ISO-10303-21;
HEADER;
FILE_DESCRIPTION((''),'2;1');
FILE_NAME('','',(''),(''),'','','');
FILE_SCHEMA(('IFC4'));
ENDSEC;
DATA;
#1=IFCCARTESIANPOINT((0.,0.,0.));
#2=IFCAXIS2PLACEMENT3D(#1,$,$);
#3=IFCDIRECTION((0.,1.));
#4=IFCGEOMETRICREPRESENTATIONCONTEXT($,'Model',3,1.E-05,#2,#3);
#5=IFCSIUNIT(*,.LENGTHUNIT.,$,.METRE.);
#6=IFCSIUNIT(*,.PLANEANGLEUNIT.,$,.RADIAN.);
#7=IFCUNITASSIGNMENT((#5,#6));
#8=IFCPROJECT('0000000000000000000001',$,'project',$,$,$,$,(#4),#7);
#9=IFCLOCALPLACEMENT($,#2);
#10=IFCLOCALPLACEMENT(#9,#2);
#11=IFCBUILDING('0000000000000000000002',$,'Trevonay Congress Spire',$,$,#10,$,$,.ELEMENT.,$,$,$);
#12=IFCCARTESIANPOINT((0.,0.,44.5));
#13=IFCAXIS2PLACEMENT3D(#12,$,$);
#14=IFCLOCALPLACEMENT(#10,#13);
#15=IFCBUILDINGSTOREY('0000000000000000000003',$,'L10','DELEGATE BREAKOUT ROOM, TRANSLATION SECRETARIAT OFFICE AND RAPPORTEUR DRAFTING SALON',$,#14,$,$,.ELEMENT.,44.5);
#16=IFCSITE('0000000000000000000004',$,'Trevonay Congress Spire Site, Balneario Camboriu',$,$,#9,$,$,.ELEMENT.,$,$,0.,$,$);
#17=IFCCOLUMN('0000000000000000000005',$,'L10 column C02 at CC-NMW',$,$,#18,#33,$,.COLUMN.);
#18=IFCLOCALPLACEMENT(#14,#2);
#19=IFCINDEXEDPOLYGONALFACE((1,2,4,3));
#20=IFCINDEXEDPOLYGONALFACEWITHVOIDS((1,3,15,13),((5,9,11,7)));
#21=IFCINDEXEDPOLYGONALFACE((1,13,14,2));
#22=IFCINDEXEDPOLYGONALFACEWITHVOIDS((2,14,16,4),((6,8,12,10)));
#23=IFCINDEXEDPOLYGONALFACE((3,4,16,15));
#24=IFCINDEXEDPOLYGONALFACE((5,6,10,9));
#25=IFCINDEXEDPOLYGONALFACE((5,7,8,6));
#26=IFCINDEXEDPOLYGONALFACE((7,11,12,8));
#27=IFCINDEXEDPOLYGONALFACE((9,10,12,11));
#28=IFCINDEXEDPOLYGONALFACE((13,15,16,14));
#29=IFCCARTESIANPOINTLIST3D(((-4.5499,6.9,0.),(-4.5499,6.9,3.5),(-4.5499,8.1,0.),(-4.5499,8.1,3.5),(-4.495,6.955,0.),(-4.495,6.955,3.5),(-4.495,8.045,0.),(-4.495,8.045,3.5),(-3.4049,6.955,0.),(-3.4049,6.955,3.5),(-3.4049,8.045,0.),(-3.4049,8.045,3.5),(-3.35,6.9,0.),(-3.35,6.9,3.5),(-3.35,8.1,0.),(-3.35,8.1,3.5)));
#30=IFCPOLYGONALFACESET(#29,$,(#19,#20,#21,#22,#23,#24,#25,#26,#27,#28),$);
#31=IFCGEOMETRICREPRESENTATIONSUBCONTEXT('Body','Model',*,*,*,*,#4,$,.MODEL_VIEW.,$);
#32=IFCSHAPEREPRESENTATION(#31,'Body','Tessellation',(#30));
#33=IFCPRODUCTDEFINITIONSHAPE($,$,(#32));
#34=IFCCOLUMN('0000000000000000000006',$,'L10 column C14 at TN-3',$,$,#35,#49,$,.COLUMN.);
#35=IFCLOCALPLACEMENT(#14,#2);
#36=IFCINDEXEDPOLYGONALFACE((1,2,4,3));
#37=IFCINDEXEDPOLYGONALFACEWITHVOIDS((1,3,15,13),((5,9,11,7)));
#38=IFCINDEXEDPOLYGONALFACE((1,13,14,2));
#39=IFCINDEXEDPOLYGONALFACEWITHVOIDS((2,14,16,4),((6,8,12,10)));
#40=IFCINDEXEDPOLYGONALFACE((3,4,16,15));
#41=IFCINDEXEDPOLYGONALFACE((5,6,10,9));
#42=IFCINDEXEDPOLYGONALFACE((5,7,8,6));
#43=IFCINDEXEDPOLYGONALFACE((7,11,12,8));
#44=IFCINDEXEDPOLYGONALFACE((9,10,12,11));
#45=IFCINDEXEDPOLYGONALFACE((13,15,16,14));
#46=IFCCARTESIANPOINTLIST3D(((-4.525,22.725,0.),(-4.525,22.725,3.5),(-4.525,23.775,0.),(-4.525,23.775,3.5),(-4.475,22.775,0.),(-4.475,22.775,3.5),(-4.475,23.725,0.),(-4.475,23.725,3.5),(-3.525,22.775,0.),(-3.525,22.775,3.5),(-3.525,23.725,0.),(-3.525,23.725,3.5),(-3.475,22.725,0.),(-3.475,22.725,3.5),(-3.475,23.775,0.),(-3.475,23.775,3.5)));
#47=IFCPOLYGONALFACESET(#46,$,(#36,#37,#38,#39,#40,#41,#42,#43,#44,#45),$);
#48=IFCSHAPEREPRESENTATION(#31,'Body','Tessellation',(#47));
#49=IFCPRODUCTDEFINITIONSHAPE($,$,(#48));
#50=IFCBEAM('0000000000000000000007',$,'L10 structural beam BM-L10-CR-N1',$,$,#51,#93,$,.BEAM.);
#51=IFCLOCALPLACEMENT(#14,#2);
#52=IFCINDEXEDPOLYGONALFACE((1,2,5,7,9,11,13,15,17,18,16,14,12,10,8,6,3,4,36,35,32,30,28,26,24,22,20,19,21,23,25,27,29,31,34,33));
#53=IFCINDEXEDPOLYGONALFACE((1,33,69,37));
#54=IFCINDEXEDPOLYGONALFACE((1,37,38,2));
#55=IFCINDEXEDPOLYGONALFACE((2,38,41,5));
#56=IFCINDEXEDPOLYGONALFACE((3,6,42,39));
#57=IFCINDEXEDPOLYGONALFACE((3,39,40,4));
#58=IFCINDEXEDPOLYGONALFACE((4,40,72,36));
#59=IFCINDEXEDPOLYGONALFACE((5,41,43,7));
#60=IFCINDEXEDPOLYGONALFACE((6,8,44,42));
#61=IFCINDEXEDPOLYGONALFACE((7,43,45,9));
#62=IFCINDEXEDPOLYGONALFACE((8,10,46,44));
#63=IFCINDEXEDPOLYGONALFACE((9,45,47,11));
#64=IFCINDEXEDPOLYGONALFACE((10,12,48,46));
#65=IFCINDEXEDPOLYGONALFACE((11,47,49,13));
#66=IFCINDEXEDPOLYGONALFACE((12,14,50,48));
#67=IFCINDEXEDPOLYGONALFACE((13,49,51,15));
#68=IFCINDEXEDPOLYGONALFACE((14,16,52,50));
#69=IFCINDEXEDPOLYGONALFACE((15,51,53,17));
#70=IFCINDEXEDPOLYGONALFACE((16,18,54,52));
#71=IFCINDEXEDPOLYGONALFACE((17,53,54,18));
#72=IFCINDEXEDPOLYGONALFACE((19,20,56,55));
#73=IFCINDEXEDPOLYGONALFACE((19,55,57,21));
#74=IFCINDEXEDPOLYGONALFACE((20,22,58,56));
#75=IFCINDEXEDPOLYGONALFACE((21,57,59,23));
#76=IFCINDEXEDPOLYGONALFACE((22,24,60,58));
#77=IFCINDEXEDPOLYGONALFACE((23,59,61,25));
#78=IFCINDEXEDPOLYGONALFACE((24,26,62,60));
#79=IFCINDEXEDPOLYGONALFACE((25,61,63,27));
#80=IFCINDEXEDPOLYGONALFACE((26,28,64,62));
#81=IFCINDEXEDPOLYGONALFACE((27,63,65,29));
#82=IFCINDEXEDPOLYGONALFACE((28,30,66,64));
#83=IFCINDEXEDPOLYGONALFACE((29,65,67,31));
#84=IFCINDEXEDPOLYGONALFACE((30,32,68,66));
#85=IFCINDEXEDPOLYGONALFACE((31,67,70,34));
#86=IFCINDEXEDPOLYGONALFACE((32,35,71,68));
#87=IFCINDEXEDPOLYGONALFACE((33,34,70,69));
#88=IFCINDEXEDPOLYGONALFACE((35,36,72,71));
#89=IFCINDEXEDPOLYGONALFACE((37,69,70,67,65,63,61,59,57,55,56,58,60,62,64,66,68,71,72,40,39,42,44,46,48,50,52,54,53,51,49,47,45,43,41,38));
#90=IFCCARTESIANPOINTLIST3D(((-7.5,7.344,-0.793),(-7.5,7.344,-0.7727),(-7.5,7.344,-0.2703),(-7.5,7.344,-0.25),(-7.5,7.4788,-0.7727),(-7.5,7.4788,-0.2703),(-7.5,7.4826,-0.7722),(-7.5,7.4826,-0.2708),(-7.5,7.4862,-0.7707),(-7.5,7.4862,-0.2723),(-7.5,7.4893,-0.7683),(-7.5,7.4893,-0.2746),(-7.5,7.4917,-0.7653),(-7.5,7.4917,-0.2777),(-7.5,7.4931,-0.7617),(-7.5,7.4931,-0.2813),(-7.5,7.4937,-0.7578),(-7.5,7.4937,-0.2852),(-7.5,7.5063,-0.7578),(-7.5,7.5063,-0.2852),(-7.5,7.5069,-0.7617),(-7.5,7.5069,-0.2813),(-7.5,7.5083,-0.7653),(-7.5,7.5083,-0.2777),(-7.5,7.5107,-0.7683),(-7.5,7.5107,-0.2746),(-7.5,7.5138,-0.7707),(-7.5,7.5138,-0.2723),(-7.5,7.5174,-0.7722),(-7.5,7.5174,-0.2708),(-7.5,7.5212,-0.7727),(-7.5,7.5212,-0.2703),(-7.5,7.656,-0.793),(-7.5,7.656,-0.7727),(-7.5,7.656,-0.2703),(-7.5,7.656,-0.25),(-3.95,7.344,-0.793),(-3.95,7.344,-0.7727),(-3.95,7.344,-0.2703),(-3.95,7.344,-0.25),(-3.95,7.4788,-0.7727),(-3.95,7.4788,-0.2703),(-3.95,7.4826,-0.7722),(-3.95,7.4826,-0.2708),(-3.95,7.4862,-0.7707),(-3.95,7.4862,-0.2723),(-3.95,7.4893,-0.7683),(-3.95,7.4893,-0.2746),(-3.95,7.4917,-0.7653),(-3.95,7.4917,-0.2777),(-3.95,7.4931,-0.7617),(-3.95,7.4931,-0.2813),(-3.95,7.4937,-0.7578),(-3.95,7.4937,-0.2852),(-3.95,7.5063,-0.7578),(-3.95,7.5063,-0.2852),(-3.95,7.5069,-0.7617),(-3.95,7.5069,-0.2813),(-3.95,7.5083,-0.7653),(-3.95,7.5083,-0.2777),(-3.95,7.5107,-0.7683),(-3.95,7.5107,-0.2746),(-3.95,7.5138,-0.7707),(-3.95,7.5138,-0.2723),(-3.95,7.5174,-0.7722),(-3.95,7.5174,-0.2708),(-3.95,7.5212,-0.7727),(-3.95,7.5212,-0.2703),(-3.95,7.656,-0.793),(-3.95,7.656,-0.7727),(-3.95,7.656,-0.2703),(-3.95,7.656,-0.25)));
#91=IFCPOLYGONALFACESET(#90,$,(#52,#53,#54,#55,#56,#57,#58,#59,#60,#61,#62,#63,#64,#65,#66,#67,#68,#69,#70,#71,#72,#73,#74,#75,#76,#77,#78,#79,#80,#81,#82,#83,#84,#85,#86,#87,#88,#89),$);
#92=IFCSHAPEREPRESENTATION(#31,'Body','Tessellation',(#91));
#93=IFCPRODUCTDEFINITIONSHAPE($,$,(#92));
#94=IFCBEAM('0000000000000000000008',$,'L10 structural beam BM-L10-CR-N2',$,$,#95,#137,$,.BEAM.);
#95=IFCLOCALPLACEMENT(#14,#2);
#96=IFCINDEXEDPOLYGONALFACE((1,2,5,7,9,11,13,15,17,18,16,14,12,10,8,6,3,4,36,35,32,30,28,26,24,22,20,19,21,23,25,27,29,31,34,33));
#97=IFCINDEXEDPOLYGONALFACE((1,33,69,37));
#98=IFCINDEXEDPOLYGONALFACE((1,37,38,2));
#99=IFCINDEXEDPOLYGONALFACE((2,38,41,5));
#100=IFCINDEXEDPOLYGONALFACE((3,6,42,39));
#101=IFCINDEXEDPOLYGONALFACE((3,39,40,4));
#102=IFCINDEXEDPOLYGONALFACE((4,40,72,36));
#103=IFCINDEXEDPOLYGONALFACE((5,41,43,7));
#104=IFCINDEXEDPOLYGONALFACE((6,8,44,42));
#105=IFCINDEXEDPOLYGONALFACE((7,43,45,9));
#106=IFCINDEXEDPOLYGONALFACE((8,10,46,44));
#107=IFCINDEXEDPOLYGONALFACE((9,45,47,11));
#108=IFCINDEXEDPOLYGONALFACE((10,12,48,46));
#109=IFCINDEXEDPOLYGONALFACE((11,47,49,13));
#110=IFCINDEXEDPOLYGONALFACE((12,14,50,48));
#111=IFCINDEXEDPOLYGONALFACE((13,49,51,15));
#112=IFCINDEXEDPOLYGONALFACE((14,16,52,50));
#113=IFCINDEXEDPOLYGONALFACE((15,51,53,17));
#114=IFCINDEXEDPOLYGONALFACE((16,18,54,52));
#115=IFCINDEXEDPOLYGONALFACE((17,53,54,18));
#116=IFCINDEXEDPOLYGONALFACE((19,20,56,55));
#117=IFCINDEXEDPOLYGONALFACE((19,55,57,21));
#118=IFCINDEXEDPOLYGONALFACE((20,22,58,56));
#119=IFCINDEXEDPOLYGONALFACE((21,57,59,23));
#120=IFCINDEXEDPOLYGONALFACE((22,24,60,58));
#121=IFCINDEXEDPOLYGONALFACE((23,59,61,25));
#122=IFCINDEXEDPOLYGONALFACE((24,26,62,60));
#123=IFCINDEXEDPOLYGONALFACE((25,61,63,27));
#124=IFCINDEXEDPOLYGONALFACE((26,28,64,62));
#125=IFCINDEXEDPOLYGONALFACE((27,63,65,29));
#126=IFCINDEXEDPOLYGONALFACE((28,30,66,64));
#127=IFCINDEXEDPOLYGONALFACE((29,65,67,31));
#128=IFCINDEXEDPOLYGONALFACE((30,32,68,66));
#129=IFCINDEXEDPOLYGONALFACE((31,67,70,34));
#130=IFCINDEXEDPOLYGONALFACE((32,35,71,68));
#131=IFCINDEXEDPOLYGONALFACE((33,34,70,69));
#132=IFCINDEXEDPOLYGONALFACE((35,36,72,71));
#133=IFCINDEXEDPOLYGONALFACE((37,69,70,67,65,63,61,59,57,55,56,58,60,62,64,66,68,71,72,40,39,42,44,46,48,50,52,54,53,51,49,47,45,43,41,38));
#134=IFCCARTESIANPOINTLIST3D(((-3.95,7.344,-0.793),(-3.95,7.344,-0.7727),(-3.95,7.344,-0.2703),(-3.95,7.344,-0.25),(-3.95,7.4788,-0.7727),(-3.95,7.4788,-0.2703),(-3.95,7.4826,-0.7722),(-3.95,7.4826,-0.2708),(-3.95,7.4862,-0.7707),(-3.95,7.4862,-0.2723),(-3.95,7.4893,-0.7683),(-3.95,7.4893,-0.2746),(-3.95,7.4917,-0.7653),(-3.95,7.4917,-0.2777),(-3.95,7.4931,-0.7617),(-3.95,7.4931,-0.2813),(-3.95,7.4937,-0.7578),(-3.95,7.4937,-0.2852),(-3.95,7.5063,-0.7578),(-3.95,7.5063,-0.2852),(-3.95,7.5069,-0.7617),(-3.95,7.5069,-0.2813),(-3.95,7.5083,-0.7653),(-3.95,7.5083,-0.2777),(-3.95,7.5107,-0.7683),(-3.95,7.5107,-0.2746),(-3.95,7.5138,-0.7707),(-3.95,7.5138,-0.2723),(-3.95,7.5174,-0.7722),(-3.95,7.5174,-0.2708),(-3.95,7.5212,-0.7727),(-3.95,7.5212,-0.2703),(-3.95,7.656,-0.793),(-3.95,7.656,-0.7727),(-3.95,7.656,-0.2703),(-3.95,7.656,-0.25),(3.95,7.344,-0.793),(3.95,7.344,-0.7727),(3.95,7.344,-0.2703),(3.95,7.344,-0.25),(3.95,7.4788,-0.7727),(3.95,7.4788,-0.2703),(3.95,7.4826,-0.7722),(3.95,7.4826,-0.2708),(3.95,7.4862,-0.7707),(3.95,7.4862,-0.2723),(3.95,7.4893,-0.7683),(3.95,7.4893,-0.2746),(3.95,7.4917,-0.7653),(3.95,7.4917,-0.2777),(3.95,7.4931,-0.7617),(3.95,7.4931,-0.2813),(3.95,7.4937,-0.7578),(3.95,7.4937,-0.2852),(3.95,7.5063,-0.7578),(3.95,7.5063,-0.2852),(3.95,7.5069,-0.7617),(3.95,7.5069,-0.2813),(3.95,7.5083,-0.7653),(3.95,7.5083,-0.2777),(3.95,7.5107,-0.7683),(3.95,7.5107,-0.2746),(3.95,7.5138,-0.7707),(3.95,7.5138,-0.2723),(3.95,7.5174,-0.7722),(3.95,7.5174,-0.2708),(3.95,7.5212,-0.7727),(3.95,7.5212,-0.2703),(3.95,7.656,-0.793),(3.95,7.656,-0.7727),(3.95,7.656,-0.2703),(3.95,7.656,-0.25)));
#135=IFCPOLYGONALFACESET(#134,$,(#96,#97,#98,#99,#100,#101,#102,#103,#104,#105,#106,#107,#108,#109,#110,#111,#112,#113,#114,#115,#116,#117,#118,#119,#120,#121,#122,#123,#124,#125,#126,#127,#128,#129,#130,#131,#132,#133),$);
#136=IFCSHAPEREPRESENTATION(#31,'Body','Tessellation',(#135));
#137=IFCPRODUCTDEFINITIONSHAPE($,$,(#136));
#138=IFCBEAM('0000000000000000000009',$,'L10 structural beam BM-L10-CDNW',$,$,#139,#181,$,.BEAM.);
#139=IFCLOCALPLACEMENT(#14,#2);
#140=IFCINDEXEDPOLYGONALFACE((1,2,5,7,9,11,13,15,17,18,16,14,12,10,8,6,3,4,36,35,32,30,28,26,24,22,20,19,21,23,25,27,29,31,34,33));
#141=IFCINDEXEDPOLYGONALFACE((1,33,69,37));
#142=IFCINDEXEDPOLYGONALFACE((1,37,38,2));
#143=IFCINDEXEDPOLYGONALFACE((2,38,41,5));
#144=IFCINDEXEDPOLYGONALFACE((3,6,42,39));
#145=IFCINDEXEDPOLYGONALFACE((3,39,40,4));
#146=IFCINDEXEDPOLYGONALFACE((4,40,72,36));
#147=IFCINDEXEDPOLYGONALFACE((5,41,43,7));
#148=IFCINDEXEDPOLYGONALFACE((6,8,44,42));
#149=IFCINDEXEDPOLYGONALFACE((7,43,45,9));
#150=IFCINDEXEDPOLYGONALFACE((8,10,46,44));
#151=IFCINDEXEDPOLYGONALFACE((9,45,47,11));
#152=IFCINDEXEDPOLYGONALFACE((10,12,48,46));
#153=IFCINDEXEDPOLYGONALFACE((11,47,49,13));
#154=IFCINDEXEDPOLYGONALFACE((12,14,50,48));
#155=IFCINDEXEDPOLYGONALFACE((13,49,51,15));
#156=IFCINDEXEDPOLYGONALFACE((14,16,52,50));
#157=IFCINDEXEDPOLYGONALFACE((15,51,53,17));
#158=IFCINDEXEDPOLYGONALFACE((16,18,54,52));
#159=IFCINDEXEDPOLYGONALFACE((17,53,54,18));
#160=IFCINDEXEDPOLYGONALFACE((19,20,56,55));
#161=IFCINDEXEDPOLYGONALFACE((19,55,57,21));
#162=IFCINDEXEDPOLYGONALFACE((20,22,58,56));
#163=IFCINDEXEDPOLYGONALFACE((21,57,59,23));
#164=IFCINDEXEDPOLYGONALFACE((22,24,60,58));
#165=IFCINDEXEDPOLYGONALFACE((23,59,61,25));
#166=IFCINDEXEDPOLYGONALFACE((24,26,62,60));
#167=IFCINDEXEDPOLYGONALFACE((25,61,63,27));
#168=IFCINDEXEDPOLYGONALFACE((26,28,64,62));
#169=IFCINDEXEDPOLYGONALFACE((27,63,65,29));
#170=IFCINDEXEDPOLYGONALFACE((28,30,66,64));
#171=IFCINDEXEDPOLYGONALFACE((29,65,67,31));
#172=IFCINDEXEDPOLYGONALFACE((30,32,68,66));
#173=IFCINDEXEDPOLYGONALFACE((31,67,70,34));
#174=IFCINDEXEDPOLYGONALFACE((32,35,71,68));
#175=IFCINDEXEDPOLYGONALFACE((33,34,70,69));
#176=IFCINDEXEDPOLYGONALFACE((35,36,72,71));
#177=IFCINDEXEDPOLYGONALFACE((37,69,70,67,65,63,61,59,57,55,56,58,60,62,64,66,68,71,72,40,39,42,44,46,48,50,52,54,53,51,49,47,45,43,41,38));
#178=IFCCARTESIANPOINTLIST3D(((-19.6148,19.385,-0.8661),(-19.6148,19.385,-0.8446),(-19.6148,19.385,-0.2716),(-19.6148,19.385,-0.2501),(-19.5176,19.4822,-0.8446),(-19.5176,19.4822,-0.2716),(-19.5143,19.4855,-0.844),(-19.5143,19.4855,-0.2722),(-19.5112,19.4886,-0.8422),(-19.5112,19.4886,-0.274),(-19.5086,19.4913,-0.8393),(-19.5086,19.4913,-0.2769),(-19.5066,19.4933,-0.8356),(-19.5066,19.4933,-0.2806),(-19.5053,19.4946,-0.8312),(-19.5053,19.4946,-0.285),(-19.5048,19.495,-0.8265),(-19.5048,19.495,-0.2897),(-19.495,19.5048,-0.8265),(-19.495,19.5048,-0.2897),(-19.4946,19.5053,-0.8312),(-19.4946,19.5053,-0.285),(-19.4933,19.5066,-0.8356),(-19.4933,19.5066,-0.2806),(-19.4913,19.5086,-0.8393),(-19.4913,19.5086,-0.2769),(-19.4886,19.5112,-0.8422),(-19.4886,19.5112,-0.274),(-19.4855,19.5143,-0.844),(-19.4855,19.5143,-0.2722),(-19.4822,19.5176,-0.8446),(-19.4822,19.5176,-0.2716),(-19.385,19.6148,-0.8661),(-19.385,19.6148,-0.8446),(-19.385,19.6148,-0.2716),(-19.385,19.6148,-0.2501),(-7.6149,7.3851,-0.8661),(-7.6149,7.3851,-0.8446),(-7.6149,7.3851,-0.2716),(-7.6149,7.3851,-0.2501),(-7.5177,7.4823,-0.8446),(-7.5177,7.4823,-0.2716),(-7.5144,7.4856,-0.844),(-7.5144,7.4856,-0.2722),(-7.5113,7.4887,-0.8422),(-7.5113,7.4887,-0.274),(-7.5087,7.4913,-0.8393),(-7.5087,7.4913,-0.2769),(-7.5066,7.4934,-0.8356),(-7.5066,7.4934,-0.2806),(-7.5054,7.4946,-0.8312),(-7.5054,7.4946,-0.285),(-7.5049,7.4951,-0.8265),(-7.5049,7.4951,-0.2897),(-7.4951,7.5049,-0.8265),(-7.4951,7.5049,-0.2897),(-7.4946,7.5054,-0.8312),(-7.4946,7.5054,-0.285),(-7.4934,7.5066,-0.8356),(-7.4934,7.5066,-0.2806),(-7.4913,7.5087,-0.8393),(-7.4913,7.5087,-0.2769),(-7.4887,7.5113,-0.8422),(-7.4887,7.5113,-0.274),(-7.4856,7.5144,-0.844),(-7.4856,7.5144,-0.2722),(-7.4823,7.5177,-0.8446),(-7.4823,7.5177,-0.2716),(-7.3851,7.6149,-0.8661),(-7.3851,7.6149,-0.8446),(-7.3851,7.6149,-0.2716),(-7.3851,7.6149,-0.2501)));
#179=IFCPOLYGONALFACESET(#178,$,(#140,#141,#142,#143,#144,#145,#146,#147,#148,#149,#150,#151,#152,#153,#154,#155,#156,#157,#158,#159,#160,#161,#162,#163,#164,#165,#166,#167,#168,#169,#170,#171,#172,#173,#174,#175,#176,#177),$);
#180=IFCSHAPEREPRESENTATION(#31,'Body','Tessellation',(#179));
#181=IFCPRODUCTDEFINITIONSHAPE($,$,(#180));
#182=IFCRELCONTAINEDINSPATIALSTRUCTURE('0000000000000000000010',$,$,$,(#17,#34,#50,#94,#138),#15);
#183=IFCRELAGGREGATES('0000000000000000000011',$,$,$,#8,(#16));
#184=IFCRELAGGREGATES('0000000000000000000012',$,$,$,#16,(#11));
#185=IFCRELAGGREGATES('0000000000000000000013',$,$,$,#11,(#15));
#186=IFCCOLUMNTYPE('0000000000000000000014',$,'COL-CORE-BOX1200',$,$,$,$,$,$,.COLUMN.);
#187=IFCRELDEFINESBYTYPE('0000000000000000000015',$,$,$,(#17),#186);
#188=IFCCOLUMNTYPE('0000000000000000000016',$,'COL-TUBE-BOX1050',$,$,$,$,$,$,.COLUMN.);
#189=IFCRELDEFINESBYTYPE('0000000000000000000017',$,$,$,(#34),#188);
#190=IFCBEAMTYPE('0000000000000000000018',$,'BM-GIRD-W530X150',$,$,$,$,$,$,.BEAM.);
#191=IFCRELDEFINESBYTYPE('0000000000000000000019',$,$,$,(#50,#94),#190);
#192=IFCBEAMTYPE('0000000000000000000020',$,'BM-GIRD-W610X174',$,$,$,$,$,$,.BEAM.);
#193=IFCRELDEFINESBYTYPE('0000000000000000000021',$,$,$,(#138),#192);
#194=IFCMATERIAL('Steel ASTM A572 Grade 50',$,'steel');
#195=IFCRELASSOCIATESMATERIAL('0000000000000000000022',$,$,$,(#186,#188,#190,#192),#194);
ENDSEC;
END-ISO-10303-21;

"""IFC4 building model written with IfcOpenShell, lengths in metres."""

from ifc_helpers import new_model, si_unit, direction, frame, origin, origin_2d, place, context, subcontext, project, spatial, hollow_rectangle, i_section, extrude, material, material_profile, profile_set, type_object, element, save


model = new_model("IFC4")

# Units and contexts
model_context = context("Model", 3, precision=1e-05, world=origin(), true_north=direction((0.0, 1.0)))
body_context = subcontext(model_context, "Body", "Model", "MODEL_VIEW")
ifc_project = project(units=[si_unit("LENGTHUNIT", "METRE"), si_unit("PLANEANGLEUNIT", "RADIAN")], contexts=[model_context])

# Site, building, storey
site_placement = place(None, origin())
site = spatial("IfcSite", under=ifc_project, at=site_placement, Name="Trevonay Congress Spire Site, Balneario Camboriu", CompositionType="ELEMENT", RefElevation=0.0)
building_placement = place(site_placement, origin())
building = spatial("IfcBuilding", under=site, at=building_placement, Name="Trevonay Congress Spire", CompositionType="ELEMENT")
storey_placement = place(building_placement, frame((0.0, 0.0, 44.5)))
storey = spatial("IfcBuildingStorey", under=building, at=storey_placement, Name="L10", Description="DELEGATE BREAKOUT ROOM, TRANSLATION SECRETARIAT OFFICE AND RAPPORTEUR DRAFTING SALON", CompositionType="ELEMENT", Elevation=44.5)

# Columns
ifc_material_1 = material(Name="Steel ASTM A572 Grade 50", Category="steel")
ifc_material_profile_1 = material_profile(ifc_material_1, hollow_rectangle(XDim=1.2, YDim=1.2, WallThickness=0.0549, at=origin_2d()), Name="BOX 1200x1200x55")
ifc_profile_set_1 = profile_set([ifc_material_profile_1], Name="Steel ASTM A572 Grade 50")
column_type_1 = type_object("IfcColumnType", Name="COL-CORE-BOX1200", PredefinedType="COLUMN", material=ifc_profile_set_1)
column_1_placement = place(storey_placement, frame((-3.95, 7.5, 0.0), z_axis=(0.0, 0.0, 1.0), x_axis=(1.0, 0.0, 0.0)))
element("IfcColumn", 1, at=column_1_placement, inside=storey, type_object=column_type_1, Name="L10 column C02 at CC-NMW", PredefinedType="COLUMN", context=body_context, shape_type="SweptSolid", body=[
    extrude(hollow_rectangle(XDim=1.2, YDim=1.2, WallThickness=0.0549, at=origin_2d()), origin(), (0.0, 0.0, 1.0), 3.5),
])
ifc_material_profile_2 = material_profile(ifc_material_1, hollow_rectangle(XDim=1.05, YDim=1.05, WallThickness=0.05, at=origin_2d()), Name="BOX 1050x1050x50")
ifc_profile_set_2 = profile_set([ifc_material_profile_2], Name="Steel ASTM A572 Grade 50")
column_type_2 = type_object("IfcColumnType", Name="COL-TUBE-BOX1050", PredefinedType="COLUMN", material=ifc_profile_set_2)
column_2_placement = place(storey_placement, frame((-4.0, 23.25, 0.0), z_axis=(0.0, 0.0, 1.0), x_axis=(1.0, 0.0, 0.0)))
element("IfcColumn", 2, at=column_2_placement, inside=storey, type_object=column_type_2, Name="L10 column C14 at TN-3", PredefinedType="COLUMN", context=body_context, shape_type="SweptSolid", body=[
    extrude(hollow_rectangle(XDim=1.05, YDim=1.05, WallThickness=0.05, at=origin_2d()), origin(), (0.0, 0.0, 1.0), 3.5),
])

# Beams
ifc_material_profile_3 = material_profile(ifc_material_1, i_section(OverallWidth=0.312, OverallDepth=0.543, WebThickness=0.0127, FlangeThickness=0.0203, FilletRadius=0.0149, at=origin_2d()), Name="W530x150")
ifc_profile_set_3 = profile_set([ifc_material_profile_3], Name="Steel ASTM A572 Grade 50")
beam_type_1 = type_object("IfcBeamType", Name="BM-GIRD-W530X150", PredefinedType="BEAM", material=ifc_profile_set_3)
beam_1_placement = place(storey_placement, frame((-7.5, 7.5, -0.5215), z_axis=(1.0, 0.0, 0.0), x_axis=(0.0, 1.0, 0.0)))
element("IfcBeam", 3, at=beam_1_placement, inside=storey, type_object=beam_type_1, Name="L10 structural beam BM-L10-CR-N1", PredefinedType="BEAM", context=body_context, shape_type="SweptSolid", body=[
    extrude(i_section(OverallWidth=0.312, OverallDepth=0.543, WebThickness=0.0127, FlangeThickness=0.0203, FilletRadius=0.0149, at=origin_2d()), origin(), (0.0, 0.0, 1.0), 3.55),
])
beam_2_placement = place(storey_placement, frame((-3.95, 7.5, -0.5215), z_axis=(1.0, 0.0, 0.0), x_axis=(0.0, 1.0, 0.0)))
element("IfcBeam", 4, at=beam_2_placement, inside=storey, type_object=beam_type_1, Name="L10 structural beam BM-L10-CR-N2", PredefinedType="BEAM", context=body_context, shape_type="SweptSolid", body=[
    extrude(i_section(OverallWidth=0.312, OverallDepth=0.543, WebThickness=0.0127, FlangeThickness=0.0203, FilletRadius=0.0149, at=origin_2d()), origin(), (0.0, 0.0, 1.0), 7.8999),
])
ifc_material_profile_4 = material_profile(ifc_material_1, i_section(OverallWidth=0.325, OverallDepth=0.616, WebThickness=0.0139, FlangeThickness=0.0215, FilletRadius=0.0181, at=origin_2d()), Name="W610x174")
ifc_profile_set_4 = profile_set([ifc_material_profile_4], Name="Steel ASTM A572 Grade 50")
beam_type_2 = type_object("IfcBeamType", Name="BM-GIRD-W610X174", PredefinedType="BEAM", material=ifc_profile_set_4)
beam_3_placement = place(storey_placement, frame((-7.5, 7.5, -0.5581), z_axis=(-0.707107, 0.707107, 0.0), x_axis=(-0.707107, -0.707107, 0.0)))
element("IfcBeam", 5, at=beam_3_placement, inside=storey, type_object=beam_type_2, Name="L10 structural beam BM-L10-CDNW", PredefinedType="BEAM", context=body_context, shape_type="SweptSolid", body=[
    extrude(i_section(OverallWidth=0.325, OverallDepth=0.616, WebThickness=0.0139, FlangeThickness=0.0215, FilletRadius=0.0181, at=origin_2d()), origin(), (0.0, 0.0, 1.0), 16.9705),
])

save(model, "model.ifc")
